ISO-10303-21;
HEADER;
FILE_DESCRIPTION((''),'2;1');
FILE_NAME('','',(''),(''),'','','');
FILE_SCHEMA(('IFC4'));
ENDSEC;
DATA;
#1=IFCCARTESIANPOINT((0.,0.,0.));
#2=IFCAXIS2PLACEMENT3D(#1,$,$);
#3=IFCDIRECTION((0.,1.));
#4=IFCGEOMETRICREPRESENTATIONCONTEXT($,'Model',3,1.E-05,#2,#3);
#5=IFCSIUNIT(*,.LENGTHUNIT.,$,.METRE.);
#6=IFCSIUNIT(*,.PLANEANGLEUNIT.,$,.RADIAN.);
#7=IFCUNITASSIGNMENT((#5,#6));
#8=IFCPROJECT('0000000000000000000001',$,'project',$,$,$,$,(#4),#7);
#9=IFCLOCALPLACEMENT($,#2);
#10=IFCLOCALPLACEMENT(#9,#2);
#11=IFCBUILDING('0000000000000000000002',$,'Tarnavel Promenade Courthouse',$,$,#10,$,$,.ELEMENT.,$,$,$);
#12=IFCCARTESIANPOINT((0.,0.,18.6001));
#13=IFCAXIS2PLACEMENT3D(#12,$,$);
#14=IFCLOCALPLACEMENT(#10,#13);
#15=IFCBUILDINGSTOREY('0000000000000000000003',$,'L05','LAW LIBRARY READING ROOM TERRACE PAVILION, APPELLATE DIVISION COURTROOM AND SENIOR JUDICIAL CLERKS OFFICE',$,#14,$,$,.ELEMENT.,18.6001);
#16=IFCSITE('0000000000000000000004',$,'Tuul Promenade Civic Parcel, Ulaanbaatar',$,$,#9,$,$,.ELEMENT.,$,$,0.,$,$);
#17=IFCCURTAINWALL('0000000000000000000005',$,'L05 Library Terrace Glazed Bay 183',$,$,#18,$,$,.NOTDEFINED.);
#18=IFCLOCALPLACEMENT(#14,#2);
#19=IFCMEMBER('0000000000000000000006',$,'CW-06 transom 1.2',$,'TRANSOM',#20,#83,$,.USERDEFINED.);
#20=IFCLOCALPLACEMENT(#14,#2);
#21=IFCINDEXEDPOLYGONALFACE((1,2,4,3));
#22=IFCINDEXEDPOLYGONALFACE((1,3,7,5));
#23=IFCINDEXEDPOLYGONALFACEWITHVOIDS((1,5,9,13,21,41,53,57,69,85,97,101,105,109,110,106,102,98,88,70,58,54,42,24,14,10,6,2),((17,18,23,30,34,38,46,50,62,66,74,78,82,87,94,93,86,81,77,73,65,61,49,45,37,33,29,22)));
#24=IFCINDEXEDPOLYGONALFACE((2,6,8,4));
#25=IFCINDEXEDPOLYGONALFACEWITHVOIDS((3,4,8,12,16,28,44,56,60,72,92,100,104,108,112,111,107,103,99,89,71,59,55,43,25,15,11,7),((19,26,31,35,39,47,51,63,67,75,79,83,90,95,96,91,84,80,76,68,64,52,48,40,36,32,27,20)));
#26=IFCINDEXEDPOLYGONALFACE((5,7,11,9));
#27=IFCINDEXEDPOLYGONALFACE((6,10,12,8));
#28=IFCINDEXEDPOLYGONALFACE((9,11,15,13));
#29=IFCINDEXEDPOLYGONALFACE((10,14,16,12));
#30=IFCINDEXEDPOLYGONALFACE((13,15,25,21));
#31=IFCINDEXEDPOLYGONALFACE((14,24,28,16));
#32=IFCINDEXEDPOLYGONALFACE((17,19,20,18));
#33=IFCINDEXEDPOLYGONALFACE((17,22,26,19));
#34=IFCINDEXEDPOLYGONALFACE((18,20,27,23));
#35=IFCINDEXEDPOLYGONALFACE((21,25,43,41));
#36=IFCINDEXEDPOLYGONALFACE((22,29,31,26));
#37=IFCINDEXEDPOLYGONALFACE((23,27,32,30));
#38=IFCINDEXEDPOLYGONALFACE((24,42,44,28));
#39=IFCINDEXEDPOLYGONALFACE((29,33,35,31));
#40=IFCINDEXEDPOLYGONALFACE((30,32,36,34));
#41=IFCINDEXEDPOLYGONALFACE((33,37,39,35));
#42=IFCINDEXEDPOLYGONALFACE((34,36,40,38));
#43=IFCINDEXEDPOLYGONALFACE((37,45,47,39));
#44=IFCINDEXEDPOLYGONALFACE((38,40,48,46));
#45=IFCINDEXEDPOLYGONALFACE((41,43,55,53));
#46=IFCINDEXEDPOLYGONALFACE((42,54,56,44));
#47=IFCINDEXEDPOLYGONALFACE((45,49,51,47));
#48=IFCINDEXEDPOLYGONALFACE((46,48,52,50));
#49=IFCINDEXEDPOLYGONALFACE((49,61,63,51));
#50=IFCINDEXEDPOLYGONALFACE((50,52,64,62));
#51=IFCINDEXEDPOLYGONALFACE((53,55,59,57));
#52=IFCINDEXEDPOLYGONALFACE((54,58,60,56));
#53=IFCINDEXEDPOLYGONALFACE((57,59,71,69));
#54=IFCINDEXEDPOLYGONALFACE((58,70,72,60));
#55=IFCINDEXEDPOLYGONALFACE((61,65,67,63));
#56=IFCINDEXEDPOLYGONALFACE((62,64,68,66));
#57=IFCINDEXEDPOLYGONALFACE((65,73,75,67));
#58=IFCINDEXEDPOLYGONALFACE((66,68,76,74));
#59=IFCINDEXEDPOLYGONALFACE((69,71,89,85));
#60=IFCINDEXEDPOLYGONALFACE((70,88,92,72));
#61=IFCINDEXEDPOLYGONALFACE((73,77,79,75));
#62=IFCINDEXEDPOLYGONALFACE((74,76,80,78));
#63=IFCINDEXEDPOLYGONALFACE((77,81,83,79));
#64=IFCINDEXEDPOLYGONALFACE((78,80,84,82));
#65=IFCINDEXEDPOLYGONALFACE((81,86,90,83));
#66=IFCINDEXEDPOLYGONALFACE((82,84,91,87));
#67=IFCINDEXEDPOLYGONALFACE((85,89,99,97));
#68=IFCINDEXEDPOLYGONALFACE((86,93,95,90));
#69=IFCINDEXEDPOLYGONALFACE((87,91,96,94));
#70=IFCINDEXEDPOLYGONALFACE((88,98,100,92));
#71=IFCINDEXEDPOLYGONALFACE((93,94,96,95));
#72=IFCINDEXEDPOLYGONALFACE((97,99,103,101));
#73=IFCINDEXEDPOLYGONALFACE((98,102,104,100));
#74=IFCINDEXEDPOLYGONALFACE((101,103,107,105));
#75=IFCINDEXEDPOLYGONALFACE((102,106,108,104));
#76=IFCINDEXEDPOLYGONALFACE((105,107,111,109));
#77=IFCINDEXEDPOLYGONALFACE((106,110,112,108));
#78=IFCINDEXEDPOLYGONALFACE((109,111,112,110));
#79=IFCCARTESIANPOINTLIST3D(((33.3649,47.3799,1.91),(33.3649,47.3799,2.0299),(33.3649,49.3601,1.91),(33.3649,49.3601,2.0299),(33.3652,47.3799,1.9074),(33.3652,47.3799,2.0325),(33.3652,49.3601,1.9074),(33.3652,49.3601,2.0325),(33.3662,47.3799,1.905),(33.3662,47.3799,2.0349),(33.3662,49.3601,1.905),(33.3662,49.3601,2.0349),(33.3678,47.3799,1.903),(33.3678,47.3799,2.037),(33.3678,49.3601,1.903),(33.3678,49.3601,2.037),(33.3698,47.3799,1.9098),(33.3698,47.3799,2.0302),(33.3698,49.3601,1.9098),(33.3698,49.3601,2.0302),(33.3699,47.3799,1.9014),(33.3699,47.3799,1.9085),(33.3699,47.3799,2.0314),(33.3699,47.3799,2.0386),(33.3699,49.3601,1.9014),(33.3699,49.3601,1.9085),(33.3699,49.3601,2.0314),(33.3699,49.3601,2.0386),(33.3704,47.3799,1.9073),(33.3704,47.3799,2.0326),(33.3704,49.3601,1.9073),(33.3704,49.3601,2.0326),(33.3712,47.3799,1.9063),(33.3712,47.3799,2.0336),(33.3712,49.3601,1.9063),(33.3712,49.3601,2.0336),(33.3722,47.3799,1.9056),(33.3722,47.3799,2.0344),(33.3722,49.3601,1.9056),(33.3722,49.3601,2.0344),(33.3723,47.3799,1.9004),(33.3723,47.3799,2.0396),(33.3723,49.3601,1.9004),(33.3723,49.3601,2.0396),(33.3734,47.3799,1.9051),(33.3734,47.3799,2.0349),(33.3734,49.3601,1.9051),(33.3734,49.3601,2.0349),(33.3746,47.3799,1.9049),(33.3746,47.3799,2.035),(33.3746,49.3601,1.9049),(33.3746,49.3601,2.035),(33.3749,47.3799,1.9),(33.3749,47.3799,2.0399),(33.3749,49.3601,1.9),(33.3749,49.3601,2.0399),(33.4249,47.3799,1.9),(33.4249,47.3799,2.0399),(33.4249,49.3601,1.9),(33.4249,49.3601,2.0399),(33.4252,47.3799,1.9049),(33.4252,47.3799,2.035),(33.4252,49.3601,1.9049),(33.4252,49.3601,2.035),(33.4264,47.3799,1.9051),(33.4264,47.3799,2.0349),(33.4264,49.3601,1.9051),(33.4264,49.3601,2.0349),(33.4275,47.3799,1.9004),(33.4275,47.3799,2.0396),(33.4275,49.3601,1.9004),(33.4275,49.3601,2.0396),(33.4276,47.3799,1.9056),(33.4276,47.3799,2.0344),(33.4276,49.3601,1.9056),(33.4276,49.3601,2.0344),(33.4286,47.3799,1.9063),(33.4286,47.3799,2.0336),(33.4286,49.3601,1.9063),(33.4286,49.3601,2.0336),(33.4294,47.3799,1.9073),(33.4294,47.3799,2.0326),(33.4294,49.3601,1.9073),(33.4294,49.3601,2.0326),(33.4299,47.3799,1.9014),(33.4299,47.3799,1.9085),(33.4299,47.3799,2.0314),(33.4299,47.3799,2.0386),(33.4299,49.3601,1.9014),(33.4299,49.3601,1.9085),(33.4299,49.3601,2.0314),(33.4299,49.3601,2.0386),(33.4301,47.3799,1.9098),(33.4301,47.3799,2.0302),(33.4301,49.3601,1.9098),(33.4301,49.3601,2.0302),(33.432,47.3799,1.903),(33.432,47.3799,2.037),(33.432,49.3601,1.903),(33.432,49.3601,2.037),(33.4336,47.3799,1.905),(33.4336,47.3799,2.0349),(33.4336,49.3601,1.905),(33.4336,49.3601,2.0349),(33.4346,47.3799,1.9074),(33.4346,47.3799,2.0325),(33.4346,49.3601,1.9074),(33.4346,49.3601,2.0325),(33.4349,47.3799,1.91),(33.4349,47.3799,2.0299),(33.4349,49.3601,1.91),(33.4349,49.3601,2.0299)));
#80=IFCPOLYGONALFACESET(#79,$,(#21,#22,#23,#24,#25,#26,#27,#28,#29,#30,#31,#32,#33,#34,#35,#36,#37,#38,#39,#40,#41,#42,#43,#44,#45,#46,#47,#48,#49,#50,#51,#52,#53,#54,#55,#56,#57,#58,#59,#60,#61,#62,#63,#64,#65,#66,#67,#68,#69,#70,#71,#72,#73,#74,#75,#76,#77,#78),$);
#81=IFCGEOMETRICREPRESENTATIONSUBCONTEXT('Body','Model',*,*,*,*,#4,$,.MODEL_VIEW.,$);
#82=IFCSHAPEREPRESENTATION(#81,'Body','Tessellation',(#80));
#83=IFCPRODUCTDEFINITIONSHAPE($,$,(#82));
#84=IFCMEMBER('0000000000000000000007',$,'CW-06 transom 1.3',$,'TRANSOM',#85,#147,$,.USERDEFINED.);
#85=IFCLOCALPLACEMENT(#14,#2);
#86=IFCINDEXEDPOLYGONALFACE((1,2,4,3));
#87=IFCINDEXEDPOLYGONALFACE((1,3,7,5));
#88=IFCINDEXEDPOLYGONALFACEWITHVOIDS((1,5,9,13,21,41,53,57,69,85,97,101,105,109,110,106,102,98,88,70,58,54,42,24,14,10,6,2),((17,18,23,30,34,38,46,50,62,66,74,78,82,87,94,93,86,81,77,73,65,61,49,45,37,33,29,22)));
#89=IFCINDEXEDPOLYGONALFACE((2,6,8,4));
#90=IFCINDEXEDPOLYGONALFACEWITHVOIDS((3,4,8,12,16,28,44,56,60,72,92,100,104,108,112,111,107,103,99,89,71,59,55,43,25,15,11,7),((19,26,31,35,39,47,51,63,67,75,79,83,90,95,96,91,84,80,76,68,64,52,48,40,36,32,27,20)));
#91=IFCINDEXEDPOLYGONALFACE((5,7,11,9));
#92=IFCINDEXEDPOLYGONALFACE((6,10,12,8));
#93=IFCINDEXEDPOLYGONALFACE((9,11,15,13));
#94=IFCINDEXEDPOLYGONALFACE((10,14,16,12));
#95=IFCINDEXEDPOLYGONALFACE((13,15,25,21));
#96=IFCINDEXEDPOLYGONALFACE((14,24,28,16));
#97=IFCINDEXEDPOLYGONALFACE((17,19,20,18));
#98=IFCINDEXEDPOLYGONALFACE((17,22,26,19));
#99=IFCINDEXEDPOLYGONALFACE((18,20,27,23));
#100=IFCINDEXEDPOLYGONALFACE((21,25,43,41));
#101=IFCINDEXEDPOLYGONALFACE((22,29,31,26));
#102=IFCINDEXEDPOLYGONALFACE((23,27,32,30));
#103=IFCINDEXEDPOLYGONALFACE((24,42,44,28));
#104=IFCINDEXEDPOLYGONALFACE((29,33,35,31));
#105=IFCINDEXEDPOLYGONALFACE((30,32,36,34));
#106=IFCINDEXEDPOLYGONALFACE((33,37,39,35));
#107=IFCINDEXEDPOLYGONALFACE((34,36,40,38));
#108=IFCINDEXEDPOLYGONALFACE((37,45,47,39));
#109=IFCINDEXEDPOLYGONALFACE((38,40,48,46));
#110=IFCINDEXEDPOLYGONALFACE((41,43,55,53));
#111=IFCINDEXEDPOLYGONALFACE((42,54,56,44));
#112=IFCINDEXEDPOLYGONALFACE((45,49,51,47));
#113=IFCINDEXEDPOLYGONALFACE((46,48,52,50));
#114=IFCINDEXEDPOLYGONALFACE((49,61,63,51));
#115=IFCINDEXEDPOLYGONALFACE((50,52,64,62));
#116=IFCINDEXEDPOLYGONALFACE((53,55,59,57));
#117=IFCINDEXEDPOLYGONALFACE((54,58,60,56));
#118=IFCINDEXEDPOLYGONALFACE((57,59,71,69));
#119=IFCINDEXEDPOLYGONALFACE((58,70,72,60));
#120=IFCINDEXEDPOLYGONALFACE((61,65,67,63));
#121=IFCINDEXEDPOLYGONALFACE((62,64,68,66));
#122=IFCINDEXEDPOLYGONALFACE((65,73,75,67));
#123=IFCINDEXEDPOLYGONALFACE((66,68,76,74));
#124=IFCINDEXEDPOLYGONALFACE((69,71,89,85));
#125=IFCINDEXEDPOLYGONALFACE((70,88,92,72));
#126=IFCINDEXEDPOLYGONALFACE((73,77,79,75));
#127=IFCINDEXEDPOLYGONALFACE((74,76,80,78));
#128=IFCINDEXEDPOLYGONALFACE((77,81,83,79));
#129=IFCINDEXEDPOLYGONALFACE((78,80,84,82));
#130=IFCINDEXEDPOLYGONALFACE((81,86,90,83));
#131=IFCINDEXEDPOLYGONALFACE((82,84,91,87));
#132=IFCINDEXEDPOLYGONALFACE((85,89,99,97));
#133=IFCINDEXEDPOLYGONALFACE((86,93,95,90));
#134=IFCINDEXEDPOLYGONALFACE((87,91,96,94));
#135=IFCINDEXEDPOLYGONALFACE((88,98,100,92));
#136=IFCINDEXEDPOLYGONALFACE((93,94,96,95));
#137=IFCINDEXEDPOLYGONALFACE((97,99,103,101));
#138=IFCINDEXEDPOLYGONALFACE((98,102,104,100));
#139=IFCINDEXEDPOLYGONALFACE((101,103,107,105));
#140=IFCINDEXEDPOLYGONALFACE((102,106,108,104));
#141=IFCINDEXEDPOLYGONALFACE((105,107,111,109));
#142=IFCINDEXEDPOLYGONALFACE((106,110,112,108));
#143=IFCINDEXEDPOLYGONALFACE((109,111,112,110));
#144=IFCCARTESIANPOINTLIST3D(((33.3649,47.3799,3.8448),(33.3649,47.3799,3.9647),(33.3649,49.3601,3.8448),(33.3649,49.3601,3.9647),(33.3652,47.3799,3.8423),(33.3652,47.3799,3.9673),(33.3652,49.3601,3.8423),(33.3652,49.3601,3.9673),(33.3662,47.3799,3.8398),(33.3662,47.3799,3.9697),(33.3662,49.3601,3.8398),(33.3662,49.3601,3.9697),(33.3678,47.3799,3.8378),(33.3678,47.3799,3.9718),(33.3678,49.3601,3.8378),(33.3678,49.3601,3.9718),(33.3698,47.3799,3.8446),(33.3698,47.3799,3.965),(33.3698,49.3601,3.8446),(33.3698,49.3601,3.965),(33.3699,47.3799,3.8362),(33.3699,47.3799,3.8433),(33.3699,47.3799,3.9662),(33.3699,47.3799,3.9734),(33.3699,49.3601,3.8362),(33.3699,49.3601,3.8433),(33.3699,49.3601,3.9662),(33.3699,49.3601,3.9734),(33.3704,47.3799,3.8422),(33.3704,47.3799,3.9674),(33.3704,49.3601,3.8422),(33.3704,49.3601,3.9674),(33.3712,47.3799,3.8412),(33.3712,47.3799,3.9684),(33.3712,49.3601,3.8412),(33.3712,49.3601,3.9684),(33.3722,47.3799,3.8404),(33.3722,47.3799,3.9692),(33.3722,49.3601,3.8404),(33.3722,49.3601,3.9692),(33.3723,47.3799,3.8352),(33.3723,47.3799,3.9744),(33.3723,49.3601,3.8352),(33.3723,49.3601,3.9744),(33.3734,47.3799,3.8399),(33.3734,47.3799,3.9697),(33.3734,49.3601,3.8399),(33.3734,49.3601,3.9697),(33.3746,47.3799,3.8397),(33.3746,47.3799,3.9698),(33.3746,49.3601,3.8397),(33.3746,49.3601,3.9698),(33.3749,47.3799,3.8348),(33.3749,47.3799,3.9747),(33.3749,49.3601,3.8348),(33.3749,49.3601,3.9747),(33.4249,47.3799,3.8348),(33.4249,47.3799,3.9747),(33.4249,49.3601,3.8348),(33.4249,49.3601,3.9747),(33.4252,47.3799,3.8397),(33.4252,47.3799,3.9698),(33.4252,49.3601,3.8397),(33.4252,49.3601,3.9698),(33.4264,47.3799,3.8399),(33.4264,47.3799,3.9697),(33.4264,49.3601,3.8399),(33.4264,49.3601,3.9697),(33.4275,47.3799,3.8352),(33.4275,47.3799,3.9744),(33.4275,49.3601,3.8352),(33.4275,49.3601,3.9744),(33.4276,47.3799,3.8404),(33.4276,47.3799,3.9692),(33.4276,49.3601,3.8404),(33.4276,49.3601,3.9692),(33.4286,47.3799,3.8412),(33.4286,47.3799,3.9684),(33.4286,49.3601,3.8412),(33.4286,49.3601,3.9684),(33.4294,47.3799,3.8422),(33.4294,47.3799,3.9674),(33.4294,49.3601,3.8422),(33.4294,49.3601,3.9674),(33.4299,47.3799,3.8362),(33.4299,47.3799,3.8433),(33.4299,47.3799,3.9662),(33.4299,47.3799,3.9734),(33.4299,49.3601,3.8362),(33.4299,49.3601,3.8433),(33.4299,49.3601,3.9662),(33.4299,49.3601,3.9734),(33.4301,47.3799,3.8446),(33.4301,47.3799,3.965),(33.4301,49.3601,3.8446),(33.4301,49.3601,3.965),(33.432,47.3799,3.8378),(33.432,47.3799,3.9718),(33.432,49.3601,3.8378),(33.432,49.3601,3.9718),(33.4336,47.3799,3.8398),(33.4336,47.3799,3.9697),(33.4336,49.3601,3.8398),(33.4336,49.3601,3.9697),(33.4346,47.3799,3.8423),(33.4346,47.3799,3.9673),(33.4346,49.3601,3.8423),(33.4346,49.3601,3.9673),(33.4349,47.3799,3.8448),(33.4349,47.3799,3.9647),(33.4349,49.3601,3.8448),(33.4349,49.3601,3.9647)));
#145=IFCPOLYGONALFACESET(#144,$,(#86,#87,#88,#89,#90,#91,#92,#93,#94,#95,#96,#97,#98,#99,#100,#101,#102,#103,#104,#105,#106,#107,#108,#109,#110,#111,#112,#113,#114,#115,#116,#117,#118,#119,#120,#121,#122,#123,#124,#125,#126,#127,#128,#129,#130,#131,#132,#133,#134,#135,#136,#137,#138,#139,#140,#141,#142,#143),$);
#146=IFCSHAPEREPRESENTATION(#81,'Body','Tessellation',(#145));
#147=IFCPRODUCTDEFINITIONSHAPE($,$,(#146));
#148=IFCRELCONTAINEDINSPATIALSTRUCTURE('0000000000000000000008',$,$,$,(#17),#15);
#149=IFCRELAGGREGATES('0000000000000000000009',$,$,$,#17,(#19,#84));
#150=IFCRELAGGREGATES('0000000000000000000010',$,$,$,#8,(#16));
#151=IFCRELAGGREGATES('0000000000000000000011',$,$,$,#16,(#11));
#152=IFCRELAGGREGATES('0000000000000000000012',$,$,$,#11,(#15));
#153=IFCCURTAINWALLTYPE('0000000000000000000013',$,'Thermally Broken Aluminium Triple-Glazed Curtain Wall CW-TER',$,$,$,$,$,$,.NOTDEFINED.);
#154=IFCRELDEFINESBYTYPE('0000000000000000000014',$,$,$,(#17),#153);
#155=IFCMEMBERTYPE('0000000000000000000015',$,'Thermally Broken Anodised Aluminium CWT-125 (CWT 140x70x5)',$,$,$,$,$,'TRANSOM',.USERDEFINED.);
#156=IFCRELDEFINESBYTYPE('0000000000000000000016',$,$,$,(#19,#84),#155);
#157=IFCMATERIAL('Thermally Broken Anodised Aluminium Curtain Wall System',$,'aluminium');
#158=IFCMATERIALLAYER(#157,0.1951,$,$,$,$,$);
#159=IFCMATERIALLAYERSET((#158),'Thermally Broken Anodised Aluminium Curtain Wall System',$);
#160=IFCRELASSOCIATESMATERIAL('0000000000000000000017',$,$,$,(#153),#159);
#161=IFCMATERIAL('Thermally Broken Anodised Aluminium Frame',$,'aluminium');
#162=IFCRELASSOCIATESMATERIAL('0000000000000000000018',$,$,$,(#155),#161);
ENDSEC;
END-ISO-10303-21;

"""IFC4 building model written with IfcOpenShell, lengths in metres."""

from ifc_helpers import new_model, si_unit, direction, frame, origin, origin_2d, place, context, subcontext, project, spatial, hollow_rectangle, extrude, material, layer, layer_set, material_profile, profile_set, type_object, element, aggregate, save


model = new_model("IFC4")

# Units and contexts
model_context = context("Model", 3, precision=1e-05, world=origin(), true_north=direction((0.0, 1.0)))
body_context = subcontext(model_context, "Body", "Model", "MODEL_VIEW")
ifc_project = project(units=[si_unit("LENGTHUNIT", "METRE"), si_unit("PLANEANGLEUNIT", "RADIAN")], contexts=[model_context])

# Site, building, storey
site_placement = place(None, origin())
site = spatial("IfcSite", under=ifc_project, at=site_placement, Name="Tuul Promenade Civic Parcel, Ulaanbaatar", CompositionType="ELEMENT", RefElevation=0.0)
building_placement = place(site_placement, origin())
building = spatial("IfcBuilding", under=site, at=building_placement, Name="Tarnavel Promenade Courthouse", CompositionType="ELEMENT")
storey_placement = place(building_placement, frame((0.0, 0.0, 18.6001)))
storey = spatial("IfcBuildingStorey", under=building, at=storey_placement, Name="L05", Description="LAW LIBRARY READING ROOM TERRACE PAVILION, APPELLATE DIVISION COURTROOM AND SENIOR JUDICIAL CLERKS OFFICE", CompositionType="ELEMENT", Elevation=18.6001)

# Shared definitions
ifc_material_1 = material(Name="Thermally Broken Anodised Aluminium Curtain Wall System", Category="aluminium")
ifc_layer_1 = layer(ifc_material_1, 0.1951)
ifc_layer_set_1 = layer_set([ifc_layer_1], Name="Thermally Broken Anodised Aluminium Curtain Wall System")
curtain_wall_type = type_object("IfcCurtainWallType", Name="Thermally Broken Aluminium Triple-Glazed Curtain Wall CW-TER", PredefinedType="NOTDEFINED", material=ifc_layer_set_1)
ifc_material_2 = material(Name="Thermally Broken Anodised Aluminium Frame", Category="aluminium")

# Curtain wall
curtain_wall_1_placement = place(storey_placement, origin())
curtain_wall_1 = element("IfcCurtainWall", 1, at=curtain_wall_1_placement, inside=storey, type_object=curtain_wall_type, Name="L05 Library Terrace Glazed Bay 183", PredefinedType="NOTDEFINED")

# Members
ifc_material_profile_1 = material_profile(ifc_material_2, hollow_rectangle(XDim=0.0701, YDim=0.1399, WallThickness=0.0049, InnerFilletRadius=0.0049, OuterFilletRadius=0.01, at=origin_2d()), Name="CWT 140x70x5")
ifc_profile_set_1 = profile_set([ifc_material_profile_1], Name="Thermally Broken Anodised Aluminium Frame")
member_type_1 = type_object("IfcMemberType", Name="Thermally Broken Anodised Aluminium CWT-125 (CWT 140x70x5)", ElementType="TRANSOM", PredefinedType="USERDEFINED", material=ifc_profile_set_1)
member_1_placement = place(storey_placement, frame((33.3999, 47.3799, 1.97), z_axis=(0.0, 1.0, 0.0), x_axis=(-1.0, 0.0, 0.0)))
member_1 = element("IfcMember", 2, at=member_1_placement, type_object=member_type_1, Name="CW-06 transom 1.2", ObjectType="TRANSOM", PredefinedType="USERDEFINED", context=body_context, shape_type="SweptSolid", body=[
    extrude(hollow_rectangle(XDim=0.0701, YDim=0.1399, WallThickness=0.0049, InnerFilletRadius=0.0049, OuterFilletRadius=0.01, at=origin_2d()), origin(), (0.0, 0.0, 1.0), 1.9802),
])
member_2_placement = place(storey_placement, frame((33.3999, 47.3799, 3.9048), z_axis=(0.0, 1.0, 0.0), x_axis=(-1.0, 0.0, 0.0)))
member_2 = element("IfcMember", 3, at=member_2_placement, type_object=member_type_1, Name="CW-06 transom 1.3", ObjectType="TRANSOM", PredefinedType="USERDEFINED", context=body_context, shape_type="SweptSolid", body=[
    extrude(hollow_rectangle(XDim=0.0701, YDim=0.1399, WallThickness=0.0049, InnerFilletRadius=0.0049, OuterFilletRadius=0.01, at=origin_2d()), origin(), (0.0, 0.0, 1.0), 1.9802),
])

aggregate(curtain_wall_1, [member_1, member_2])

save(model, "model.ifc")
